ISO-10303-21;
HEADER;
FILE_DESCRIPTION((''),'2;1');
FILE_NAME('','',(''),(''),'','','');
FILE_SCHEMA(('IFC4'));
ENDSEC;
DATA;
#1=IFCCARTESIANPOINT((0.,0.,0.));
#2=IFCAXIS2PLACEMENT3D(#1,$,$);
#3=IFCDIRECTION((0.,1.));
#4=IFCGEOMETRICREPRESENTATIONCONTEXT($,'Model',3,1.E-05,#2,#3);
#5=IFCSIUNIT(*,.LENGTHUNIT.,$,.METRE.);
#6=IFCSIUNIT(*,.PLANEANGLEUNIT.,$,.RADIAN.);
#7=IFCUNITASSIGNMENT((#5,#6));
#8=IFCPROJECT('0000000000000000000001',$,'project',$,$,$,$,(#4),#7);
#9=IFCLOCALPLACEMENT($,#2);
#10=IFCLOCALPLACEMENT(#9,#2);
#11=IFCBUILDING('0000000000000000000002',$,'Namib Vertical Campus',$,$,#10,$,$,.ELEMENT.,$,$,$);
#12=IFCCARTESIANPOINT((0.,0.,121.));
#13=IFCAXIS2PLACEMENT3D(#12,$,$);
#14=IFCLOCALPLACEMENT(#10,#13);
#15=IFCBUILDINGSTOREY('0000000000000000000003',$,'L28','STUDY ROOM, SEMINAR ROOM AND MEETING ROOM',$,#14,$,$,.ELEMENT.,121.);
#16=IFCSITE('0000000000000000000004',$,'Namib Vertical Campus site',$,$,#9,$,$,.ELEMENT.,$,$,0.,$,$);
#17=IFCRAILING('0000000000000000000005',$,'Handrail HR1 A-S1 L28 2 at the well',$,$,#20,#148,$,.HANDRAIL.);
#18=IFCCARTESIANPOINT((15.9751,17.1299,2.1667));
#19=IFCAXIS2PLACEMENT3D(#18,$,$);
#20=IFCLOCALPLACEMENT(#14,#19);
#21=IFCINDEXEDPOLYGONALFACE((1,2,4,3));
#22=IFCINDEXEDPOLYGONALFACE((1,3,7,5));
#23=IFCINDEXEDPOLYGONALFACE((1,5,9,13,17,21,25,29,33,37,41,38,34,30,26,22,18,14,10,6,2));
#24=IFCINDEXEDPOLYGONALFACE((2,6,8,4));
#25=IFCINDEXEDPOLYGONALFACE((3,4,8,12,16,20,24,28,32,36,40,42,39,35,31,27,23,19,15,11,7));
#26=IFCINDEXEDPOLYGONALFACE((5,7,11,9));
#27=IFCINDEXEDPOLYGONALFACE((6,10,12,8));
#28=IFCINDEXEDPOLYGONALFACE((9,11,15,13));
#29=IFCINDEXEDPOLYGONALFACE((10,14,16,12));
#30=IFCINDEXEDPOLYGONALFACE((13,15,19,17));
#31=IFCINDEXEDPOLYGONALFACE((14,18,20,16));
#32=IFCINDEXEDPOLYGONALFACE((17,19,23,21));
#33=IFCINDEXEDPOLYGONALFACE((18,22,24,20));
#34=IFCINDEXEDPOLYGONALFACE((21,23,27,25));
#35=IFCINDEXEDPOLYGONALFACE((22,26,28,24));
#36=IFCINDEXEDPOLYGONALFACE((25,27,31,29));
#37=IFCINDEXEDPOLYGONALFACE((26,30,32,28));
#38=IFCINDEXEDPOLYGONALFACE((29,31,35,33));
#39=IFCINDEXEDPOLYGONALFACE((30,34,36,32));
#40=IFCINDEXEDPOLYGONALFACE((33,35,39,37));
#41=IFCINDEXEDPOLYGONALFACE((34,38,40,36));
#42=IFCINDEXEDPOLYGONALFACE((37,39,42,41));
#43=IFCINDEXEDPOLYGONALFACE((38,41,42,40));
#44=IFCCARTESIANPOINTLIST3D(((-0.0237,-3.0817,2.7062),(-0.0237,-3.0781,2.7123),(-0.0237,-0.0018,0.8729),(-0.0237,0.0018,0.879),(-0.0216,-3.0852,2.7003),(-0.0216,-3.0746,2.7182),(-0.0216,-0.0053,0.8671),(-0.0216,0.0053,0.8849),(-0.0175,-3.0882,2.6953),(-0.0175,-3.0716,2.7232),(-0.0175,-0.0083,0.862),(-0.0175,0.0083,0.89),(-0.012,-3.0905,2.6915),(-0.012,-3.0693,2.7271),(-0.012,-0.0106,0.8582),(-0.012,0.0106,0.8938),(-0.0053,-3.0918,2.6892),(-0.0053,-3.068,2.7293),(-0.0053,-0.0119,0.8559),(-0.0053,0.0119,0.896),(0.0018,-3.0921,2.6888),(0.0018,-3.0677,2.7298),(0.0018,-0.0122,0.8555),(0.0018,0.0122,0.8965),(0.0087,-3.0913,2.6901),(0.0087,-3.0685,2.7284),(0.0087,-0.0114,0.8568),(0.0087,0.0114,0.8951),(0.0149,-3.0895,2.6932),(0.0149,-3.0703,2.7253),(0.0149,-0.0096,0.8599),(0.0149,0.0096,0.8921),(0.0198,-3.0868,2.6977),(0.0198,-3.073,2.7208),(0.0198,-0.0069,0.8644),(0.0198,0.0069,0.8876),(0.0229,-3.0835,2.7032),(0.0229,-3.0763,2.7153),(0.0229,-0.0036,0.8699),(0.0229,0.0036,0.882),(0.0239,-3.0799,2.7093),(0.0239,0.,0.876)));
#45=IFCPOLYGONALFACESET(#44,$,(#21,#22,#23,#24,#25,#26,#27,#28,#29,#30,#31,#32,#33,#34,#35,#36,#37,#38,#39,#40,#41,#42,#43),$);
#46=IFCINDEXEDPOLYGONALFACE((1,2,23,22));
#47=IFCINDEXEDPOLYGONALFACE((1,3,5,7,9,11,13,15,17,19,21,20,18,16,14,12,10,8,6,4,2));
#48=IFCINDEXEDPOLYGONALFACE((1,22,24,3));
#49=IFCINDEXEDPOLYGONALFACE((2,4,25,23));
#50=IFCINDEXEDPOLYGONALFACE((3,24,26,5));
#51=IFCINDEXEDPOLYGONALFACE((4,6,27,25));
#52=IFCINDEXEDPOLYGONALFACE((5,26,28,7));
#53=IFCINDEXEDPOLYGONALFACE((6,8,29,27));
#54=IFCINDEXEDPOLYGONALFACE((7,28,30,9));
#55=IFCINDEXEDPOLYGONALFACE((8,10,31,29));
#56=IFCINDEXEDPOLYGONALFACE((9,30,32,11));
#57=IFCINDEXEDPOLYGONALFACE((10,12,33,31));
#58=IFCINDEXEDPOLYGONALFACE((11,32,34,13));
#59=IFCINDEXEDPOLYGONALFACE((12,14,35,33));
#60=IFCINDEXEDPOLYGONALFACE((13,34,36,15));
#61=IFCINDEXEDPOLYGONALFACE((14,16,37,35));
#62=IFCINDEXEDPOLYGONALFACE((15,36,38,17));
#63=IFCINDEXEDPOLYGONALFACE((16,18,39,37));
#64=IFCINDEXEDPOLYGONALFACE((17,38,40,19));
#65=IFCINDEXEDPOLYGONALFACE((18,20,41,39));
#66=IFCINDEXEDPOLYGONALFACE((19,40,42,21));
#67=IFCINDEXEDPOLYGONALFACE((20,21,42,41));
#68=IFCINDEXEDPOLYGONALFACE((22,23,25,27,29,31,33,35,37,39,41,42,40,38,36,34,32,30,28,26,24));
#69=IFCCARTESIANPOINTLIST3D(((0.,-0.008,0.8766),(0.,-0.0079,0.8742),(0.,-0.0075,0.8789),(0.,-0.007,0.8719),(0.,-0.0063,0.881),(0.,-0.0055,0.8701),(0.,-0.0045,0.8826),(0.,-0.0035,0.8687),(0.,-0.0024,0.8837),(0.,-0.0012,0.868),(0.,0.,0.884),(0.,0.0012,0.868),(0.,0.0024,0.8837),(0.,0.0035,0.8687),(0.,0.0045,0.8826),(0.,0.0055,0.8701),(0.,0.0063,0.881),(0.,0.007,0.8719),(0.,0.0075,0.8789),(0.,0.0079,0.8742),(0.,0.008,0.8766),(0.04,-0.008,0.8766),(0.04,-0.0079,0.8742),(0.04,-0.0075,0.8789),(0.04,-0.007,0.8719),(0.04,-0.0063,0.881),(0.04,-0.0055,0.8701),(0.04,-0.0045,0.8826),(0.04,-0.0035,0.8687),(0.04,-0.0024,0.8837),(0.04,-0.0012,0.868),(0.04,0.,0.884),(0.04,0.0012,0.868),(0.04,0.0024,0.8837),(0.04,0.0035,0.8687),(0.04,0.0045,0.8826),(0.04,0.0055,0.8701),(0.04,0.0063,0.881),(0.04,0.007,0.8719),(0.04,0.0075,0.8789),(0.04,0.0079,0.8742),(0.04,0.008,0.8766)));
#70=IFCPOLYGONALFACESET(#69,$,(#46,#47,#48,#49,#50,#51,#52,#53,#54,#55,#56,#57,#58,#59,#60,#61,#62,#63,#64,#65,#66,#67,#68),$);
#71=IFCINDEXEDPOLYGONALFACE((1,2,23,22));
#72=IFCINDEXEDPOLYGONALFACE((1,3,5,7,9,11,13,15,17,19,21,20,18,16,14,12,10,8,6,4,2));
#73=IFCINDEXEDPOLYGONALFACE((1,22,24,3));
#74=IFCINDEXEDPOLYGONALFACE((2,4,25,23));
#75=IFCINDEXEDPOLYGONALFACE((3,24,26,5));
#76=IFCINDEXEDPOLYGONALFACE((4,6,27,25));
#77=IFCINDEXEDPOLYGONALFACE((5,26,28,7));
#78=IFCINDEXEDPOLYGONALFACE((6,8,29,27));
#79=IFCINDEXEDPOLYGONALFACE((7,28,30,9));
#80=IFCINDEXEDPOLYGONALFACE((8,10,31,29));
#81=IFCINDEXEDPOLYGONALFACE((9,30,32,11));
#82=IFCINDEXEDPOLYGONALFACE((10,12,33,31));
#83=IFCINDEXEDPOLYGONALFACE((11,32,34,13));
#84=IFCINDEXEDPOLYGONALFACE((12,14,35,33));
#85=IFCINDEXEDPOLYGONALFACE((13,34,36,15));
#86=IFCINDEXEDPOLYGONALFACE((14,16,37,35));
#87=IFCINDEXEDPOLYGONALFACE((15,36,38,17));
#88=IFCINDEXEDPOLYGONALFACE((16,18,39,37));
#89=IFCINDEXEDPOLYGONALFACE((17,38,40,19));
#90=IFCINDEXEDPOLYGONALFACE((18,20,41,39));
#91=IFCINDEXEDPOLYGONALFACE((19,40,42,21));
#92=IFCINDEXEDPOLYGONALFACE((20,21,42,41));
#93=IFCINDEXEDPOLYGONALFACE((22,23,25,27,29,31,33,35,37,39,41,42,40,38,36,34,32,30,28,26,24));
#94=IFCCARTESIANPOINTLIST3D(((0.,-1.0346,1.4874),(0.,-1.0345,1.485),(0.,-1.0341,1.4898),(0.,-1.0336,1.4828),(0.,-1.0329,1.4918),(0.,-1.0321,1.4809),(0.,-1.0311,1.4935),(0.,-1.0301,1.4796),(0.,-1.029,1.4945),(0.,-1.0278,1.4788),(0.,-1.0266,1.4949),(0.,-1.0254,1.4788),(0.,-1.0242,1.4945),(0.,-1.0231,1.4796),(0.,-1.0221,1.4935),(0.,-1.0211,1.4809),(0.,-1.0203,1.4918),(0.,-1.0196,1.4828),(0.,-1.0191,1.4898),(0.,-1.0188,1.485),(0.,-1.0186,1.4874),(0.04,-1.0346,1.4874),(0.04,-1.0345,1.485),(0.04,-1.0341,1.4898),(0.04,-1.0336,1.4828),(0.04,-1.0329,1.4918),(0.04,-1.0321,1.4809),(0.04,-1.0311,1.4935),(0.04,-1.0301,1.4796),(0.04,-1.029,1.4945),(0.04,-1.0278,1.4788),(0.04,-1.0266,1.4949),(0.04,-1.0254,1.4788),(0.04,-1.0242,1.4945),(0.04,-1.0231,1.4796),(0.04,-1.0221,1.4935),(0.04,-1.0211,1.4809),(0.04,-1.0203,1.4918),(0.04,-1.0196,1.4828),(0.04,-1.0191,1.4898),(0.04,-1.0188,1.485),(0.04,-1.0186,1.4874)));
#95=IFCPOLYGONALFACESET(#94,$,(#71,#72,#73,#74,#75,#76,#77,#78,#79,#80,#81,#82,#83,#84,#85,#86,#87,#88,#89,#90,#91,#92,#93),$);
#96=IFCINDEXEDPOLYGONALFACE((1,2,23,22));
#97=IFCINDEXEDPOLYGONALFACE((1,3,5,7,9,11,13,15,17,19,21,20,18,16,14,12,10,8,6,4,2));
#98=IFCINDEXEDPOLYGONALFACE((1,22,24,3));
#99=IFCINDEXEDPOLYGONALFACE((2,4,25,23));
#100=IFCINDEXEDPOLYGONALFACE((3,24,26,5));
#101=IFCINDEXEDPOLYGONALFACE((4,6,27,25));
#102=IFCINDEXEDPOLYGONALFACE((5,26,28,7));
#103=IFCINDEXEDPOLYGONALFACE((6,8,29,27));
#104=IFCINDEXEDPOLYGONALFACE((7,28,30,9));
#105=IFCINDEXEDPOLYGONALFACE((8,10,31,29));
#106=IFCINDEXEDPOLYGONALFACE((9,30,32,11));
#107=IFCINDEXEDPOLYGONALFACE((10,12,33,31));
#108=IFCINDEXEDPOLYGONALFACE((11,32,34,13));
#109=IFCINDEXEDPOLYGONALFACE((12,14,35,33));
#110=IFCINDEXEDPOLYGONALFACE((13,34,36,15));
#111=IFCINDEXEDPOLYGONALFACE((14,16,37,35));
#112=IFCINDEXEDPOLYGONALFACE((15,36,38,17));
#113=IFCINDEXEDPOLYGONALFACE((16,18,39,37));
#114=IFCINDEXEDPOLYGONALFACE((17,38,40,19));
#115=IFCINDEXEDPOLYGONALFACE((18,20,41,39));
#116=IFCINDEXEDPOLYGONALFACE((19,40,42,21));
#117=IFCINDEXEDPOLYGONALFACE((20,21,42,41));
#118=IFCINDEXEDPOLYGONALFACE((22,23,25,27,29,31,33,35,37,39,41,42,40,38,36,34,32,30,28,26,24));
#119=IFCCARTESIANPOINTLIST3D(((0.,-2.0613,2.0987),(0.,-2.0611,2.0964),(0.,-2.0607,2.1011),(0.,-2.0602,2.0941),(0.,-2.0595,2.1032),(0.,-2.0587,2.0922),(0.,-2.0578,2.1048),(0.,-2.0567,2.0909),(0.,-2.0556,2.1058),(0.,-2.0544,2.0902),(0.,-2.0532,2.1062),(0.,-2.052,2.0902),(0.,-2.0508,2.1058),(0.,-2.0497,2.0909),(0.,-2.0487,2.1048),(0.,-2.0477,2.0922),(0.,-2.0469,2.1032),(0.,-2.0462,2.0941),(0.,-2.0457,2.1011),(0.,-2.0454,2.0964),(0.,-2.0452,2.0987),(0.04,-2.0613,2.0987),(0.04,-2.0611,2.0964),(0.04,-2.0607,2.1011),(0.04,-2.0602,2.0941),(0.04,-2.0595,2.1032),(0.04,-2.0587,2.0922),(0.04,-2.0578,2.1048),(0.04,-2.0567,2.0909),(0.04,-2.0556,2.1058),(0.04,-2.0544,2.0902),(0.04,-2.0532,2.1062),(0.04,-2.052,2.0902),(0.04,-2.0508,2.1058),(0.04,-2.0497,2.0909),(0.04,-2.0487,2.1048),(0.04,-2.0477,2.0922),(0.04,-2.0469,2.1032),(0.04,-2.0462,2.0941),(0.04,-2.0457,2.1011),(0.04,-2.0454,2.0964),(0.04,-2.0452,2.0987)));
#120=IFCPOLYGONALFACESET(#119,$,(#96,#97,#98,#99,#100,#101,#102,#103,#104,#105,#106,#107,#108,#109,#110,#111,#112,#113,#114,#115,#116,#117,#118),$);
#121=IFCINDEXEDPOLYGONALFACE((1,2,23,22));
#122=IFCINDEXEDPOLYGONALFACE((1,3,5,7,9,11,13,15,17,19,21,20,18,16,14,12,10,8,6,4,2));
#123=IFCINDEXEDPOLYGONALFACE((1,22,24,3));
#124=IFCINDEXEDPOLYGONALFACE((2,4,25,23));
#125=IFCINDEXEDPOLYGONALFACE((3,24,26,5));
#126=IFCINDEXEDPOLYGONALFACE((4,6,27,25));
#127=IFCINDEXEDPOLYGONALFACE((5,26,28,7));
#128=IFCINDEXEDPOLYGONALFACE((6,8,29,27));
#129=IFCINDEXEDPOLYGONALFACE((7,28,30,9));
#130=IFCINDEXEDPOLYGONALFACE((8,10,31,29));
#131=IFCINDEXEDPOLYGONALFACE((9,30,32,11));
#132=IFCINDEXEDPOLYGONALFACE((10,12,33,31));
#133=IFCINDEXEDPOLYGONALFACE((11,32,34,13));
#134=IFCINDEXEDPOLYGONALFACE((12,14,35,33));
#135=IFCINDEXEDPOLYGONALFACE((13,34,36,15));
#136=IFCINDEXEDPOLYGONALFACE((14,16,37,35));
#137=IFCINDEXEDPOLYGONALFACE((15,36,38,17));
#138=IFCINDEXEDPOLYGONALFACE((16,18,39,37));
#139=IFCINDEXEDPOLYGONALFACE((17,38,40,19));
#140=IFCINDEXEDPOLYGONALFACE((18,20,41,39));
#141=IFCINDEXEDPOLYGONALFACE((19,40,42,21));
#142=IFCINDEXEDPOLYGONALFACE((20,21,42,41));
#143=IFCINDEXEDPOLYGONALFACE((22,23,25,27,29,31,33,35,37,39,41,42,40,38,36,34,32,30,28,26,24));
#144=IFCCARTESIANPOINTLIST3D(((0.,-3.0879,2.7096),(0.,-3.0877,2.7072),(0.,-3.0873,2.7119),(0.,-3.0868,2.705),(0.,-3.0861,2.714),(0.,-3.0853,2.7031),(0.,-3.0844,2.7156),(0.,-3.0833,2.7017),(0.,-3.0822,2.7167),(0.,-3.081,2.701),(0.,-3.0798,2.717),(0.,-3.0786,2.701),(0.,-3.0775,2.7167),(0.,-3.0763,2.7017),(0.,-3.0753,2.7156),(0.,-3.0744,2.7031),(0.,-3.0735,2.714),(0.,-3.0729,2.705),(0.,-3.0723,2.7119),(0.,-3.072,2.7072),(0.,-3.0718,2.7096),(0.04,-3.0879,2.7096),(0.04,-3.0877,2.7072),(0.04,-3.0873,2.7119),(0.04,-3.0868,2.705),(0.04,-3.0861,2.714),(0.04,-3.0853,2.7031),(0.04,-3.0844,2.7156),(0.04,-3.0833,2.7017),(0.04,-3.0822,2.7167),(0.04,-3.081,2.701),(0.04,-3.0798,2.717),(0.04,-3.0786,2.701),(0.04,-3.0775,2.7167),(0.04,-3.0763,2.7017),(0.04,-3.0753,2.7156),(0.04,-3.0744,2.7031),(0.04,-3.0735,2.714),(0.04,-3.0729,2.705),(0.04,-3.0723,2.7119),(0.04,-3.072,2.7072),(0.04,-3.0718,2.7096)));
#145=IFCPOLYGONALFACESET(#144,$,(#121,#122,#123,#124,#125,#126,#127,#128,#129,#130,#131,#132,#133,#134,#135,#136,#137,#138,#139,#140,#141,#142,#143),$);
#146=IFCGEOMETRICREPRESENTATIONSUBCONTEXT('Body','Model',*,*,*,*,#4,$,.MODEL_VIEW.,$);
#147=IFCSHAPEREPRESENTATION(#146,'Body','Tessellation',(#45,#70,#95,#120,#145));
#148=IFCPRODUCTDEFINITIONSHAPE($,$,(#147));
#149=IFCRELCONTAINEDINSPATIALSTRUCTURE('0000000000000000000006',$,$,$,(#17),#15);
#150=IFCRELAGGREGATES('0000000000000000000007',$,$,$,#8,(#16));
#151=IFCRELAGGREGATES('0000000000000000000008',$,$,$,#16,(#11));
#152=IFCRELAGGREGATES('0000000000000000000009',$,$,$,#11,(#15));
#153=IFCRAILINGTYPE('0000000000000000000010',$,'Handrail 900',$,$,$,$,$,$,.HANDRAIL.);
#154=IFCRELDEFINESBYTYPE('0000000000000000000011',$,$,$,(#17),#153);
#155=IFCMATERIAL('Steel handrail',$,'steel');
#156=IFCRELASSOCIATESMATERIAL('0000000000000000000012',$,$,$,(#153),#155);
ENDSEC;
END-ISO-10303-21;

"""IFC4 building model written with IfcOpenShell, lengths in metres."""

from ifc_helpers import new_model, si_unit, direction, frame, origin, origin_2d, place, context, subcontext, project, spatial, circle, extrude, material, type_object, element, save


model = new_model("IFC4")

# Units and contexts
model_context = context("Model", 3, precision=1e-05, world=origin(), true_north=direction((0.0, 1.0)))
body_context = subcontext(model_context, "Body", "Model", "MODEL_VIEW")
ifc_project = project(units=[si_unit("LENGTHUNIT", "METRE"), si_unit("PLANEANGLEUNIT", "RADIAN")], contexts=[model_context])

# Site, building, storey
site_placement = place(None, origin())
site = spatial("IfcSite", under=ifc_project, at=site_placement, Name="Namib Vertical Campus site", CompositionType="ELEMENT", RefElevation=0.0)
building_placement = place(site_placement, origin())
building = spatial("IfcBuilding", under=site, at=building_placement, Name="Namib Vertical Campus", CompositionType="ELEMENT")
storey_placement = place(building_placement, frame((0.0, 0.0, 121.0)))
storey = spatial("IfcBuildingStorey", under=building, at=storey_placement, Name="L28", Description="STUDY ROOM, SEMINAR ROOM AND MEETING ROOM", CompositionType="ELEMENT", Elevation=121.0)

# Railing
ifc_material_1 = material(Name="Steel handrail", Category="steel")
railing_type = type_object("IfcRailingType", Name="Handrail 900", PredefinedType="HANDRAIL", material=ifc_material_1)
railing_placement = place(storey_placement, frame((15.9751, 17.1299, 2.1667)))
element("IfcRailing", 1, at=railing_placement, inside=storey, type_object=railing_type, Name="Handrail HR1 A-S1 L28 2 at the well", PredefinedType="HANDRAIL", context=body_context, shape_type="SweptSolid", body=[
    extrude(circle(Radius=0.0239, at=origin_2d()), frame((0.0, 0.0, 0.876), z_axis=(0.0, -0.859291, 0.511487), x_axis=(1.0, 0.0, 0.0)), (0.0, 0.0, 1.0), 3.5842),
    extrude(circle(Radius=0.0081, at=origin_2d()), frame((0.0, 0.0, 0.876), z_axis=(1.0, 0.0, 0.0), x_axis=(0.0, 0.0, 1.0)), (0.0, 0.0, 1.0), 0.04),
    extrude(circle(Radius=0.0081, at=origin_2d()), frame((0.0, -1.0266, 1.4868), z_axis=(1.0, 0.0, 0.0), x_axis=(0.0, 0.0, 1.0)), (0.0, 0.0, 1.0), 0.04),
    extrude(circle(Radius=0.0081, at=origin_2d()), frame((0.0, -2.0532, 2.0981), z_axis=(1.0, 0.0, 0.0), x_axis=(0.0, 0.0, 1.0)), (0.0, 0.0, 1.0), 0.04),
    extrude(circle(Radius=0.0081, at=origin_2d()), frame((0.0, -3.0798, 2.709), z_axis=(1.0, 0.0, 0.0), x_axis=(0.0, 0.0, 1.0)), (0.0, 0.0, 1.0), 0.04),
])

save(model, "model.ifc")
